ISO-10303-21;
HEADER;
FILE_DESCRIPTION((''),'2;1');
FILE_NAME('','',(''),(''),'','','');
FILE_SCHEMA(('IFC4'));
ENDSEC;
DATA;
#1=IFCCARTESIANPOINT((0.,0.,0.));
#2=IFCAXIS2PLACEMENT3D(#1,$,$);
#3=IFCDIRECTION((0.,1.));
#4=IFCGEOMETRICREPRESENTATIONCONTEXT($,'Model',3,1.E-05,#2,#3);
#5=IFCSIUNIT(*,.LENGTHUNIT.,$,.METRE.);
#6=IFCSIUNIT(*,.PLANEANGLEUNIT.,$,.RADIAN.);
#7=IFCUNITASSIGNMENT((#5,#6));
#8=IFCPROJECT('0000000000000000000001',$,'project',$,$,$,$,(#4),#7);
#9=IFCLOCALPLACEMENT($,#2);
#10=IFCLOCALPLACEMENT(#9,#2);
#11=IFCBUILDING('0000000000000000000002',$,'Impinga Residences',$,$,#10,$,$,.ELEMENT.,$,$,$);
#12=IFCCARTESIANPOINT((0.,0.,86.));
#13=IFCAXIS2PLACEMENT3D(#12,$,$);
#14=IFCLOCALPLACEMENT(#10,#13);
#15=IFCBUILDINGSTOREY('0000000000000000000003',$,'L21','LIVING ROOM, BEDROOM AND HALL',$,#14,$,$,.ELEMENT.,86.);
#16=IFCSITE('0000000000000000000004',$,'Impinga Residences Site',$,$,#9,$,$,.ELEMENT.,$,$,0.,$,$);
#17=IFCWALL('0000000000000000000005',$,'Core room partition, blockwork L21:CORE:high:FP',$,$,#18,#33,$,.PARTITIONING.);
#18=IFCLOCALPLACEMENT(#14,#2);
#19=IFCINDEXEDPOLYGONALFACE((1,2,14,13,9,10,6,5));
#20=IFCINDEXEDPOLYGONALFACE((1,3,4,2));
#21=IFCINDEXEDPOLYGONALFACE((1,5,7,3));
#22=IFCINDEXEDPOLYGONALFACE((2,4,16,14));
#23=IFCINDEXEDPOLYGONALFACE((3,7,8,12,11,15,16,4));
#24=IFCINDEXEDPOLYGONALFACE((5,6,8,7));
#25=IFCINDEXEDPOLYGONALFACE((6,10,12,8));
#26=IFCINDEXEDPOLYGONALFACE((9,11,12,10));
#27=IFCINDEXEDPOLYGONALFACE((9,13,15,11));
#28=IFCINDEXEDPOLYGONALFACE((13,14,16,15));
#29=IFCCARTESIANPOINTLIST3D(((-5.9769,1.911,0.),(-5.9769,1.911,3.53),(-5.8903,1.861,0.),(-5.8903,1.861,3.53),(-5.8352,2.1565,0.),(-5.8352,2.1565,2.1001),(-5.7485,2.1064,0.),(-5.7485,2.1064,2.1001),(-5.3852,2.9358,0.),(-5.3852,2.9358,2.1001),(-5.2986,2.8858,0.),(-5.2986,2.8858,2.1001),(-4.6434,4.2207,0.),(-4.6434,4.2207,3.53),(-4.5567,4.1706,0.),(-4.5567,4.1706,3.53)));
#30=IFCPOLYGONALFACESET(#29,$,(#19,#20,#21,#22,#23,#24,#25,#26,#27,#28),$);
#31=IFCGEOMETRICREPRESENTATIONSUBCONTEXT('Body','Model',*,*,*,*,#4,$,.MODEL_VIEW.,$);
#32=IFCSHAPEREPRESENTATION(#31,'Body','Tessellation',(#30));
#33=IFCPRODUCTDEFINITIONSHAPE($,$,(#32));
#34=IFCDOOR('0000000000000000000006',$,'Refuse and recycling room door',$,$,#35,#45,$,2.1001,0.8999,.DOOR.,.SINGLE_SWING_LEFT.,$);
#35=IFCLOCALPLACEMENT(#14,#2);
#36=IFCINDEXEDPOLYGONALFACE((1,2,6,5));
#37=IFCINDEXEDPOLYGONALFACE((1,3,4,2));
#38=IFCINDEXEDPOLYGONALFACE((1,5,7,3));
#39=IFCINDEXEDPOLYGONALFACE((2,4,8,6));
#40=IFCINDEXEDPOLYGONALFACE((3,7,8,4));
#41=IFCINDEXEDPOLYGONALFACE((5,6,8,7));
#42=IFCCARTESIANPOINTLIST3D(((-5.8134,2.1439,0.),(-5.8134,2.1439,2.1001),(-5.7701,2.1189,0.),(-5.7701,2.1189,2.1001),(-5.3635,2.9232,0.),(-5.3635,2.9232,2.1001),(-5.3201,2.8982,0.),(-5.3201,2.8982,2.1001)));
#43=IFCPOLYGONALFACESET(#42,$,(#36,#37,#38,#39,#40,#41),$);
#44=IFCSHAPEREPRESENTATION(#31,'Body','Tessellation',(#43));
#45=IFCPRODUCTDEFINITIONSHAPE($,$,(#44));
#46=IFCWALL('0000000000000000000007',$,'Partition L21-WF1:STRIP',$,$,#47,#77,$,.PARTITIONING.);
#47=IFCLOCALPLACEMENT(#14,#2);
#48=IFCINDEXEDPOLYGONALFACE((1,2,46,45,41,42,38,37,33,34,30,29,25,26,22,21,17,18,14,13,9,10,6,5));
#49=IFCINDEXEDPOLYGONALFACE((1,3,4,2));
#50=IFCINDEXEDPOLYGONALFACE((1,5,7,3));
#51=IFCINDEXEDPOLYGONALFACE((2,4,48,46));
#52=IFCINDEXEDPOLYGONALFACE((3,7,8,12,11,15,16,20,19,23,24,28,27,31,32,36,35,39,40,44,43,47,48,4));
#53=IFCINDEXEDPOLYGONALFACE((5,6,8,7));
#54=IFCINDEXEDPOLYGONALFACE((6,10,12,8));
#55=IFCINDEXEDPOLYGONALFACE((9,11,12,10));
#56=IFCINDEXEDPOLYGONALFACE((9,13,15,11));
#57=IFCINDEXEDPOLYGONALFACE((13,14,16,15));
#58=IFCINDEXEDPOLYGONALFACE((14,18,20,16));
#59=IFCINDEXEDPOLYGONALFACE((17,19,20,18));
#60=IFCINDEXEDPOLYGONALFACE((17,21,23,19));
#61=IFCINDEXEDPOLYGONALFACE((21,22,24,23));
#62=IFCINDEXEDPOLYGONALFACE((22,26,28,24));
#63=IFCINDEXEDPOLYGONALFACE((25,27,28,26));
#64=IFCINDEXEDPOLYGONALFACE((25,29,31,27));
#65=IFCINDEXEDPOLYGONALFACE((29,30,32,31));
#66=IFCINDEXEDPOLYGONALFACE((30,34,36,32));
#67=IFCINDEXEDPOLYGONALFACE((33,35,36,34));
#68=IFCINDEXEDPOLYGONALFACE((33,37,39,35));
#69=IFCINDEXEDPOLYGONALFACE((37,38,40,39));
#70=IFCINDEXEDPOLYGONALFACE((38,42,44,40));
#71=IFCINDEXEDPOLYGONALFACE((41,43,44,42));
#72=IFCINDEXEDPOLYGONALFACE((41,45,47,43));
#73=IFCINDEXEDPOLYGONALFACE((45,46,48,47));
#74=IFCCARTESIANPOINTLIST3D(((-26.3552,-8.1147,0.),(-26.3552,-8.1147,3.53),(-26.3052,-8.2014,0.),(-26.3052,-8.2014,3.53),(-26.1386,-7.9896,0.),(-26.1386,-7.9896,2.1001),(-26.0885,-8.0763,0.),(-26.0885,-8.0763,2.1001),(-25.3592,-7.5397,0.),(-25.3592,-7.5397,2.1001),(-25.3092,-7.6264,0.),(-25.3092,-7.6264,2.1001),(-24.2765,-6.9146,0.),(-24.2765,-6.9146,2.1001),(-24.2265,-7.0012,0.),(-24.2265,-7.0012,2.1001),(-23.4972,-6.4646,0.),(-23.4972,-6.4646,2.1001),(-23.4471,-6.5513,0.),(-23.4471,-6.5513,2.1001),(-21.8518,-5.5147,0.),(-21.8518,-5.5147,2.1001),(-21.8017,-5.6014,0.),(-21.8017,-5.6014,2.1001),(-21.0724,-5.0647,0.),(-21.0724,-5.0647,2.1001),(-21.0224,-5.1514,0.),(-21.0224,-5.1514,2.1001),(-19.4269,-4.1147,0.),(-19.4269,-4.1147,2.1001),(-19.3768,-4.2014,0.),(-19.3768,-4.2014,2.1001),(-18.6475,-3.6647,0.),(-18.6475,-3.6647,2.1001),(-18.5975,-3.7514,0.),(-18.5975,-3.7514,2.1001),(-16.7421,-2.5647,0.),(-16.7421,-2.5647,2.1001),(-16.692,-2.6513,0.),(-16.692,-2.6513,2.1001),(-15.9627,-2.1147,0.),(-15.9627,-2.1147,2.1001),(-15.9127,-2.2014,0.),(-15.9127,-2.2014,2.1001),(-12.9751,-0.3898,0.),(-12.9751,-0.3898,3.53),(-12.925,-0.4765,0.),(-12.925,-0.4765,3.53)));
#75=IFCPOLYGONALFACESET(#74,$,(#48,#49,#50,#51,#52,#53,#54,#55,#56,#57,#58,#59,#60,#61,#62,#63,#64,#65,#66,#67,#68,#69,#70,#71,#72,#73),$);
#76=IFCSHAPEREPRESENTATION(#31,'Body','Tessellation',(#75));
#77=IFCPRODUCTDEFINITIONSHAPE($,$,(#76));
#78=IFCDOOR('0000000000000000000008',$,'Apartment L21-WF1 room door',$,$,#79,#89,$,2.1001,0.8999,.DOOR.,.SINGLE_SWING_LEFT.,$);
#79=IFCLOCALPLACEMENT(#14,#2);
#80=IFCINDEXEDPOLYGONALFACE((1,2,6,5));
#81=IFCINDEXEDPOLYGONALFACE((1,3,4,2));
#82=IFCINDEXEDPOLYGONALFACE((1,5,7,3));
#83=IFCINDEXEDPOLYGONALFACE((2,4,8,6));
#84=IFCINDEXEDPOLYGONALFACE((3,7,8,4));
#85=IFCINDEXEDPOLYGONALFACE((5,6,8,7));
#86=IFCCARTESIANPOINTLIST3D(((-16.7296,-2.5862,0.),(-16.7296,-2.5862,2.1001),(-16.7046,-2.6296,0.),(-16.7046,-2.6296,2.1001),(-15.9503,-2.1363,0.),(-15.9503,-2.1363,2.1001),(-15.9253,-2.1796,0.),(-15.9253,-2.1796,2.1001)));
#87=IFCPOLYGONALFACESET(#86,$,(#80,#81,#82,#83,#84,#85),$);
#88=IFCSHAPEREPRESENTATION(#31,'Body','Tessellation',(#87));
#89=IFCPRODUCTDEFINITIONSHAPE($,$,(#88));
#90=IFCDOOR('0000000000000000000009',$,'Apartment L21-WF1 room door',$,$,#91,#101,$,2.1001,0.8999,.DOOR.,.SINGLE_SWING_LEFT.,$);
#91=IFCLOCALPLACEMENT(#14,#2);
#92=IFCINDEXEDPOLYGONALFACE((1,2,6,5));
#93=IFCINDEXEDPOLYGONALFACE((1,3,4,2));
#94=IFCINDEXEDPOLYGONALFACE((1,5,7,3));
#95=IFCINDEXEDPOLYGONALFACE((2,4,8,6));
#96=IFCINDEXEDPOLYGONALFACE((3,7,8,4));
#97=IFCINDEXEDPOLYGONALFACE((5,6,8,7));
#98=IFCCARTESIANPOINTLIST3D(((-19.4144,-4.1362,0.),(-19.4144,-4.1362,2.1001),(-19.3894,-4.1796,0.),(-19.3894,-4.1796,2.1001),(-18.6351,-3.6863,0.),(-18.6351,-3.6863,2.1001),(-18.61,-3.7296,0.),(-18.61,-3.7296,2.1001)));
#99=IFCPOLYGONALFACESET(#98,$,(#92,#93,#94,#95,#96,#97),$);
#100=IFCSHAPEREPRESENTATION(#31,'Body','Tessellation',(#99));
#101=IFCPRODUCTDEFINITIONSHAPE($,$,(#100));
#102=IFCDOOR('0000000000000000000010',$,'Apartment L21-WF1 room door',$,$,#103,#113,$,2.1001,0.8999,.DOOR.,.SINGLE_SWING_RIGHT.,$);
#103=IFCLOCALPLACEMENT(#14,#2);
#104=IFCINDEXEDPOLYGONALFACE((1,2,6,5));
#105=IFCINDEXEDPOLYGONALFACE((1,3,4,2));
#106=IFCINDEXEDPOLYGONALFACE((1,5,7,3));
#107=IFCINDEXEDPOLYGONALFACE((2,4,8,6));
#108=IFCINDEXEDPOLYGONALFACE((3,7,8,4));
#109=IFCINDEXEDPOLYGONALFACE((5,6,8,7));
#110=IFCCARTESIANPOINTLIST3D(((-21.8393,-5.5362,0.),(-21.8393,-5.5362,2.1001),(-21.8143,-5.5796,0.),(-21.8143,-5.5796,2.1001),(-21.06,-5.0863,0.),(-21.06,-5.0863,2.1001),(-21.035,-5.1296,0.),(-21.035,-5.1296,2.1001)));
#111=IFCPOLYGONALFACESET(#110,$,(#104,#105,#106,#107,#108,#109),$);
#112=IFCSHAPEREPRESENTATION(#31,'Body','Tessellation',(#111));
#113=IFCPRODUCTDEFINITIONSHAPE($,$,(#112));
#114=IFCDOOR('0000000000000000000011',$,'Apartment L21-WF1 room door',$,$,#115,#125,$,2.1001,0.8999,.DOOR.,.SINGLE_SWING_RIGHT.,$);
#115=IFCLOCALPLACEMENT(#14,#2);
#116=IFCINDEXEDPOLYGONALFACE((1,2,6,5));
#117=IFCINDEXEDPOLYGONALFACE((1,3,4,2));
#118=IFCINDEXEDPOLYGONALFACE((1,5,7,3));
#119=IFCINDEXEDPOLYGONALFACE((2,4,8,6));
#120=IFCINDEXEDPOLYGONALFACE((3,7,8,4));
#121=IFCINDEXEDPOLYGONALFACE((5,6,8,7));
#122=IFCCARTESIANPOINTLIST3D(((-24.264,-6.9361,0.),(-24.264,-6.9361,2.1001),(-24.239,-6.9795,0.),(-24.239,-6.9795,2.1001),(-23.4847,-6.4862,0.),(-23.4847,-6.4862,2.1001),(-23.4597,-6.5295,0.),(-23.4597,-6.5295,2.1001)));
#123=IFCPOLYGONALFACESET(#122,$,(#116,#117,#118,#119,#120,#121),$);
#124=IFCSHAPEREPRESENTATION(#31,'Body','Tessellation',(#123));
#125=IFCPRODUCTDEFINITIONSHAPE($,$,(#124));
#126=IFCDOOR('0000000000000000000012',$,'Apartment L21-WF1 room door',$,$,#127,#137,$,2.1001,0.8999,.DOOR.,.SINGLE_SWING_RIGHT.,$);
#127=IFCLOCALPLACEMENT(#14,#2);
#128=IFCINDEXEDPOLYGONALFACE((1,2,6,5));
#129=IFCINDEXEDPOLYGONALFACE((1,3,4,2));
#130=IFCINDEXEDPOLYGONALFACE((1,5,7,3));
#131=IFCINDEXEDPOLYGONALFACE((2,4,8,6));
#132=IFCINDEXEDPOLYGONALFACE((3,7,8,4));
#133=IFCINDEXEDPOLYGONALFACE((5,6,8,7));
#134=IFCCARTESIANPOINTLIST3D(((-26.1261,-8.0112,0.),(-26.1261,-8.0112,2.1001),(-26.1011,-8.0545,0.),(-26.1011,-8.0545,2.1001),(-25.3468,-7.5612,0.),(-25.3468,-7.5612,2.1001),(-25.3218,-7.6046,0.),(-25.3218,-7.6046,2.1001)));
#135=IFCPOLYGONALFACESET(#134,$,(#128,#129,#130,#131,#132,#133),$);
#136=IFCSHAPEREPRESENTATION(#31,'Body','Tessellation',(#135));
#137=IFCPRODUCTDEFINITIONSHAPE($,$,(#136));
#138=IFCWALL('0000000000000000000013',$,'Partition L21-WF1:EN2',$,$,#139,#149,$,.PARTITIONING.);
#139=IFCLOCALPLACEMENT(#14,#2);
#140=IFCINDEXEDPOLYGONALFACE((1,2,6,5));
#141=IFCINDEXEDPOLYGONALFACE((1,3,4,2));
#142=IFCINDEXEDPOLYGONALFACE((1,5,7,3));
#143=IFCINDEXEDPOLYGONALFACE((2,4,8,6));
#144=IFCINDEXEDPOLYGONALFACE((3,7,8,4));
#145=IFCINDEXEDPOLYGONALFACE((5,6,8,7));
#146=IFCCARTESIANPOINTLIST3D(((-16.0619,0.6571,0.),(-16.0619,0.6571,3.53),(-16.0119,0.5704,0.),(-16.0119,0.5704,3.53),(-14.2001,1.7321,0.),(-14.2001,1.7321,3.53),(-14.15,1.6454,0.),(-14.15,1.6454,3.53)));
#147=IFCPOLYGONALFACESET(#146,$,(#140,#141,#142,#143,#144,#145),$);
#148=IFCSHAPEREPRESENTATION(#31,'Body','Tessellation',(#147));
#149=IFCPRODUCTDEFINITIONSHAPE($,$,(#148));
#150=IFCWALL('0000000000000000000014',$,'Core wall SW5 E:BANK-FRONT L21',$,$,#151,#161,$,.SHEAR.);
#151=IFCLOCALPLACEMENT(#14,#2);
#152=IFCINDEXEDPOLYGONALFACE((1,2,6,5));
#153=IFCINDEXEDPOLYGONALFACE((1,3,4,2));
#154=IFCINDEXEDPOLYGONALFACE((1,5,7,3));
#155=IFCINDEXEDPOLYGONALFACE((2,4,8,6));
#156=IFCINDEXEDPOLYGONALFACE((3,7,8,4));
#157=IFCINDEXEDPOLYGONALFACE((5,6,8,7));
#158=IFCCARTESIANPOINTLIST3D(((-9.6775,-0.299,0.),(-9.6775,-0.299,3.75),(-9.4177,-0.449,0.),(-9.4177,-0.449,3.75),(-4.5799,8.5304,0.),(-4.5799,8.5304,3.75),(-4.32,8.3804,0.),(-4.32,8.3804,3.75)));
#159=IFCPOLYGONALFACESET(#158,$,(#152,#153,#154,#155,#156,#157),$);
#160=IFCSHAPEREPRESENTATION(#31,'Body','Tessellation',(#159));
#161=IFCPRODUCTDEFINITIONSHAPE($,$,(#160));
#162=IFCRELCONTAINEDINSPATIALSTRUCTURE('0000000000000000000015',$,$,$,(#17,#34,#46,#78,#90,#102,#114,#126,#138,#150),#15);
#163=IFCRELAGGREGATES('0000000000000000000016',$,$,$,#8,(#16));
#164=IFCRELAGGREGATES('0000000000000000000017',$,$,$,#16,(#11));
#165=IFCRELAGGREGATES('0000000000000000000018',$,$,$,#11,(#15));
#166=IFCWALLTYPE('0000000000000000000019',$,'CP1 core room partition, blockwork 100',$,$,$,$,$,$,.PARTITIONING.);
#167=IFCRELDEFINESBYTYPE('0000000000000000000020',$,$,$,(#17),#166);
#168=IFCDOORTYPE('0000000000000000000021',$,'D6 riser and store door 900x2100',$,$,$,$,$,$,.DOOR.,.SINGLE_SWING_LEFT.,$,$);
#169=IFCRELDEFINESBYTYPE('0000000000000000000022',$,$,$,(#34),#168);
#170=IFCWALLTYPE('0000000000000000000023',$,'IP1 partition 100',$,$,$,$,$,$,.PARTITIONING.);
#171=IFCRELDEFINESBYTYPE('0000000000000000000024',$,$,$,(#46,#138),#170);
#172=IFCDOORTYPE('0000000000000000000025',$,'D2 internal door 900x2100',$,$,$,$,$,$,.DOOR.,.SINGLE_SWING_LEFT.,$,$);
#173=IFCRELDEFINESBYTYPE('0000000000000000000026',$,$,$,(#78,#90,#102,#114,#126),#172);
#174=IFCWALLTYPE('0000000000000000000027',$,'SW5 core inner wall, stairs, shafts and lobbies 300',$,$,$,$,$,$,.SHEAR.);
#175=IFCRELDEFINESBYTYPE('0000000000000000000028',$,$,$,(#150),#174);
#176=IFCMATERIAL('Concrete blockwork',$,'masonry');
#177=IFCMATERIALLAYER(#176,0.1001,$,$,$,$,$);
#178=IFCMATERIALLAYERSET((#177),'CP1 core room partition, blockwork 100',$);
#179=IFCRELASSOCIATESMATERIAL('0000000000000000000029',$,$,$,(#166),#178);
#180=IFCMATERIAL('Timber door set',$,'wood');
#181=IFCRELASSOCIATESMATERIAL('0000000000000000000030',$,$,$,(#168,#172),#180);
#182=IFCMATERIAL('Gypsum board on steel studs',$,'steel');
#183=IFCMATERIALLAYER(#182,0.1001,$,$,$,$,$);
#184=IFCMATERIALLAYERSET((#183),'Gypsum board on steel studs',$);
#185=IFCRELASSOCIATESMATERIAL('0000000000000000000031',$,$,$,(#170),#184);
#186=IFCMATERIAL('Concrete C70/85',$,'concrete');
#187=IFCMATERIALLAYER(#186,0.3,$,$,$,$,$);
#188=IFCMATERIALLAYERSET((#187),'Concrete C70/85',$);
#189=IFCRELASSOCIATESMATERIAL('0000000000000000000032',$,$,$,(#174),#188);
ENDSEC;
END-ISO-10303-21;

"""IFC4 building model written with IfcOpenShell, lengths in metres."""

from ifc_helpers import new_model, si_unit, direction, frame, frame_2d, origin, place, context, subcontext, project, spatial, rectangle, extrude, material, layer, layer_set, type_object, element, fill, save


model = new_model("IFC4")

# Units and contexts
model_context = context("Model", 3, precision=1e-05, world=origin(), true_north=direction((0.0, 1.0)))
body_context = subcontext(model_context, "Body", "Model", "MODEL_VIEW")
ifc_project = project(units=[si_unit("LENGTHUNIT", "METRE"), si_unit("PLANEANGLEUNIT", "RADIAN")], contexts=[model_context])

# Site, building, storey
site_placement = place(None, origin())
site = spatial("IfcSite", under=ifc_project, at=site_placement, Name="Impinga Residences Site", CompositionType="ELEMENT", RefElevation=0.0)
building_placement = place(site_placement, origin())
building = spatial("IfcBuilding", under=site, at=building_placement, Name="Impinga Residences", CompositionType="ELEMENT")
storey_placement = place(building_placement, frame((0.0, 0.0, 86.0)))
storey = spatial("IfcBuildingStorey", under=building, at=storey_placement, Name="L21", Description="LIVING ROOM, BEDROOM AND HALL", CompositionType="ELEMENT", Elevation=86.0)

# Wall, opening, door
ifc_material_1 = material(Name="Concrete blockwork", Category="masonry")
ifc_layer_1 = layer(ifc_material_1, 0.1001)
ifc_layer_set_1 = layer_set([ifc_layer_1], Name="CP1 core room partition, blockwork 100")
wall_type_1 = type_object("IfcWallType", Name="CP1 core room partition, blockwork 100", PredefinedType="PARTITIONING", material=ifc_layer_set_1)
wall_1_placement = place(storey_placement, frame((-5.9336, 1.886, 0.0), z_axis=(0.0, 0.0, 1.0), x_axis=(0.500018, 0.866015, 0.0)))
wall_1 = element("IfcWall", 1, at=wall_1_placement, inside=storey, type_object=wall_type_1, Name="Core room partition, blockwork L21:CORE:high:FP", PredefinedType="PARTITIONING", context=body_context, shape_type="SweptSolid", body=[
    extrude(rectangle(XDim=2.667, YDim=0.1001, at=frame_2d((1.3335, 0.0))), origin(), (0.0, 0.0, 1.0), 3.53),
])
opening_1_placement = place(wall_1_placement, frame((0.2834, 0.0, 0.0)))
opening_1 = element("IfcOpeningElement", 2, at=opening_1_placement, cuts=wall_1, PredefinedType="OPENING", context=body_context, shape_type="SweptSolid", body=[
    extrude(rectangle(XDim=0.8999, YDim=2.1001, at=frame_2d((0.45, 1.05))), frame((0.0, 0.0601, 0.0), z_axis=(0.0, -1.0, 0.0), x_axis=(1.0, 0.0, 0.0)), (0.0, 0.0, 1.0), 0.1201),
])
ifc_material_2 = material(Name="Timber door set", Category="wood")
door_type_1 = type_object("IfcDoorType", Name="D6 riser and store door 900x2100", OperationType="SINGLE_SWING_LEFT", PredefinedType="DOOR", material=ifc_material_2)
door_1_placement = place(opening_1_placement, origin())
door_1 = element("IfcDoor", 3, at=door_1_placement, inside=storey, type_object=door_type_1, Name="Refuse and recycling room door", OperationType="SINGLE_SWING_LEFT", OverallHeight=2.1001, OverallWidth=0.8999, PredefinedType="DOOR", context=body_context, shape_type="SweptSolid", body=[
    extrude(rectangle(XDim=0.8999, YDim=2.1001, at=frame_2d((0.45, 1.05))), frame((0.0, 0.0249, 0.0), z_axis=(0.0, -1.0, 0.0), x_axis=(1.0, 0.0, 0.0)), (0.0, 0.0, 1.0), 0.05),
])
fill(opening_1, door_1)

# Wall, openings, doors
ifc_material_3 = material(Name="Gypsum board on steel studs", Category="steel")
ifc_layer_2 = layer(ifc_material_3, 0.1001)
ifc_layer_set_2 = layer_set([ifc_layer_2], Name="Gypsum board on steel studs")
wall_type_2 = type_object("IfcWallType", Name="IP1 partition 100", PredefinedType="PARTITIONING", material=ifc_layer_set_2)
wall_2_placement = place(storey_placement, frame((-12.95, -0.4331, 0.0), z_axis=(0.0, 0.0, 1.0), x_axis=(-0.86603, -0.499992, 0.0)))
wall_2 = element("IfcWall", 4, at=wall_2_placement, inside=storey, type_object=wall_type_2, Name="Partition L21-WF1:STRIP", PredefinedType="PARTITIONING", context=body_context, shape_type="SweptSolid", body=[
    extrude(rectangle(XDim=15.45, YDim=0.1001, at=frame_2d((7.7251, 0.0))), origin(), (0.0, 0.0, 1.0), 3.53),
])
opening_2_placement = place(wall_2_placement, frame((3.45, 0.0, 0.0)))
opening_2 = element("IfcOpeningElement", 5, at=opening_2_placement, cuts=wall_2, PredefinedType="OPENING", context=body_context, shape_type="SweptSolid", body=[
    extrude(rectangle(XDim=0.8999, YDim=2.1001, at=frame_2d((0.45, 1.05))), frame((0.0, 0.0601, 0.0), z_axis=(0.0, -1.0, 0.0), x_axis=(1.0, 0.0, 0.0)), (0.0, 0.0, 1.0), 0.1201),
])
opening_3_placement = place(wall_2_placement, frame((6.55, 0.0, 0.0)))
opening_3 = element("IfcOpeningElement", 6, at=opening_3_placement, cuts=wall_2, PredefinedType="OPENING", context=body_context, shape_type="SweptSolid", body=[
    extrude(rectangle(XDim=0.8999, YDim=2.1001, at=frame_2d((0.45, 1.05))), frame((0.0, 0.0601, 0.0), z_axis=(0.0, -1.0, 0.0), x_axis=(1.0, 0.0, 0.0)), (0.0, 0.0, 1.0), 0.1201),
])
opening_4_placement = place(wall_2_placement, frame((9.3501, 0.0, 0.0)))
opening_4 = element("IfcOpeningElement", 7, at=opening_4_placement, cuts=wall_2, PredefinedType="OPENING", context=body_context, shape_type="SweptSolid", body=[
    extrude(rectangle(XDim=0.8999, YDim=2.1001, at=frame_2d((0.45, 1.05))), frame((0.0, 0.0601, 0.0), z_axis=(0.0, -1.0, 0.0), x_axis=(1.0, 0.0, 0.0)), (0.0, 0.0, 1.0), 0.1201),
])
opening_5_placement = place(wall_2_placement, frame((12.1499, 0.0, 0.0)))
opening_5 = element("IfcOpeningElement", 8, at=opening_5_placement, cuts=wall_2, PredefinedType="OPENING", context=body_context, shape_type="SweptSolid", body=[
    extrude(rectangle(XDim=0.8999, YDim=2.1001, at=frame_2d((0.45, 1.05))), frame((0.0, 0.0601, 0.0), z_axis=(0.0, -1.0, 0.0), x_axis=(1.0, 0.0, 0.0)), (0.0, 0.0, 1.0), 0.1201),
])
opening_6_placement = place(wall_2_placement, frame((14.3, 0.0, 0.0)))
opening_6 = element("IfcOpeningElement", 9, at=opening_6_placement, cuts=wall_2, PredefinedType="OPENING", context=body_context, shape_type="SweptSolid", body=[
    extrude(rectangle(XDim=0.8999, YDim=2.1001, at=frame_2d((0.45, 1.05))), frame((0.0, 0.0601, 0.0), z_axis=(0.0, -1.0, 0.0), x_axis=(1.0, 0.0, 0.0)), (0.0, 0.0, 1.0), 0.1201),
])
door_type_2 = type_object("IfcDoorType", Name="D2 internal door 900x2100", OperationType="SINGLE_SWING_LEFT", PredefinedType="DOOR", material=ifc_material_2)
door_2_placement = place(opening_2_placement, origin())
door_2 = element("IfcDoor", 10, at=door_2_placement, inside=storey, type_object=door_type_2, Name="Apartment L21-WF1 room door", OperationType="SINGLE_SWING_LEFT", OverallHeight=2.1001, OverallWidth=0.8999, PredefinedType="DOOR", context=body_context, shape_type="SweptSolid", body=[
    extrude(rectangle(XDim=0.8999, YDim=2.1001, at=frame_2d((0.45, 1.05))), frame((0.0, 0.0249, 0.0), z_axis=(0.0, -1.0, 0.0), x_axis=(1.0, 0.0, 0.0)), (0.0, 0.0, 1.0), 0.05),
])
fill(opening_2, door_2)
door_3_placement = place(opening_3_placement, origin())
door_3 = element("IfcDoor", 11, at=door_3_placement, inside=storey, type_object=door_type_2, Name="Apartment L21-WF1 room door", OperationType="SINGLE_SWING_LEFT", OverallHeight=2.1001, OverallWidth=0.8999, PredefinedType="DOOR", context=body_context, shape_type="SweptSolid", body=[
    extrude(rectangle(XDim=0.8999, YDim=2.1001, at=frame_2d((0.45, 1.05))), frame((0.0, 0.0249, 0.0), z_axis=(0.0, -1.0, 0.0), x_axis=(1.0, 0.0, 0.0)), (0.0, 0.0, 1.0), 0.05),
])
fill(opening_3, door_3)
door_4_placement = place(opening_4_placement, origin())
door_4 = element("IfcDoor", 12, at=door_4_placement, inside=storey, type_object=door_type_2, Name="Apartment L21-WF1 room door", OperationType="SINGLE_SWING_RIGHT", OverallHeight=2.1001, OverallWidth=0.8999, PredefinedType="DOOR", context=body_context, shape_type="SweptSolid", body=[
    extrude(rectangle(XDim=0.8999, YDim=2.1001, at=frame_2d((0.45, 1.05))), frame((0.0, 0.0249, 0.0), z_axis=(0.0, -1.0, 0.0), x_axis=(1.0, 0.0, 0.0)), (0.0, 0.0, 1.0), 0.05),
])
fill(opening_4, door_4)
door_5_placement = place(opening_5_placement, origin())
door_5 = element("IfcDoor", 13, at=door_5_placement, inside=storey, type_object=door_type_2, Name="Apartment L21-WF1 room door", OperationType="SINGLE_SWING_RIGHT", OverallHeight=2.1001, OverallWidth=0.8999, PredefinedType="DOOR", context=body_context, shape_type="SweptSolid", body=[
    extrude(rectangle(XDim=0.8999, YDim=2.1001, at=frame_2d((0.45, 1.05))), frame((0.0, 0.0249, 0.0), z_axis=(0.0, -1.0, 0.0), x_axis=(1.0, 0.0, 0.0)), (0.0, 0.0, 1.0), 0.05),
])
fill(opening_5, door_5)
door_6_placement = place(opening_6_placement, origin())
door_6 = element("IfcDoor", 14, at=door_6_placement, inside=storey, type_object=door_type_2, Name="Apartment L21-WF1 room door", OperationType="SINGLE_SWING_RIGHT", OverallHeight=2.1001, OverallWidth=0.8999, PredefinedType="DOOR", context=body_context, shape_type="SweptSolid", body=[
    extrude(rectangle(XDim=0.8999, YDim=2.1001, at=frame_2d((0.45, 1.05))), frame((0.0, 0.0249, 0.0), z_axis=(0.0, -1.0, 0.0), x_axis=(1.0, 0.0, 0.0)), (0.0, 0.0, 1.0), 0.05),
])
fill(opening_6, door_6)

# Walls
wall_3_placement = place(storey_placement, frame((-14.175, 1.6887, 0.0), z_axis=(0.0, 0.0, 1.0), x_axis=(-0.866019, -0.500011, 0.0)))
element("IfcWall", 15, at=wall_3_placement, inside=storey, type_object=wall_type_2, Name="Partition L21-WF1:EN2", PredefinedType="PARTITIONING", context=body_context, shape_type="SweptSolid", body=[
    extrude(rectangle(XDim=2.1499, YDim=0.1001, at=frame_2d((1.075, 0.0))), origin(), (0.0, 0.0, 1.0), 3.53),
])
ifc_material_4 = material(Name="Concrete C70/85", Category="concrete")
ifc_layer_3 = layer(ifc_material_4, 0.3)
ifc_layer_set_3 = layer_set([ifc_layer_3], Name="Concrete C70/85")
wall_type_3 = type_object("IfcWallType", Name="SW5 core inner wall, stairs, shafts and lobbies 300", PredefinedType="SHEAR", material=ifc_layer_set_3)
wall_4_placement = place(storey_placement, frame((-9.5476, -0.374, 0.0), z_axis=(0.0, 0.0, 1.0), x_axis=(0.500002, 0.866024, 0.0)))
element("IfcWall", 16, at=wall_4_placement, inside=storey, type_object=wall_type_3, Name="Core wall SW5 E:BANK-FRONT L21", PredefinedType="SHEAR", context=body_context, shape_type="SweptSolid", body=[
    extrude(rectangle(XDim=10.1953, YDim=0.3, at=frame_2d((5.0977, 0.0))), origin(), (0.0, 0.0, 1.0), 3.75),
])

save(model, "model.ifc")
